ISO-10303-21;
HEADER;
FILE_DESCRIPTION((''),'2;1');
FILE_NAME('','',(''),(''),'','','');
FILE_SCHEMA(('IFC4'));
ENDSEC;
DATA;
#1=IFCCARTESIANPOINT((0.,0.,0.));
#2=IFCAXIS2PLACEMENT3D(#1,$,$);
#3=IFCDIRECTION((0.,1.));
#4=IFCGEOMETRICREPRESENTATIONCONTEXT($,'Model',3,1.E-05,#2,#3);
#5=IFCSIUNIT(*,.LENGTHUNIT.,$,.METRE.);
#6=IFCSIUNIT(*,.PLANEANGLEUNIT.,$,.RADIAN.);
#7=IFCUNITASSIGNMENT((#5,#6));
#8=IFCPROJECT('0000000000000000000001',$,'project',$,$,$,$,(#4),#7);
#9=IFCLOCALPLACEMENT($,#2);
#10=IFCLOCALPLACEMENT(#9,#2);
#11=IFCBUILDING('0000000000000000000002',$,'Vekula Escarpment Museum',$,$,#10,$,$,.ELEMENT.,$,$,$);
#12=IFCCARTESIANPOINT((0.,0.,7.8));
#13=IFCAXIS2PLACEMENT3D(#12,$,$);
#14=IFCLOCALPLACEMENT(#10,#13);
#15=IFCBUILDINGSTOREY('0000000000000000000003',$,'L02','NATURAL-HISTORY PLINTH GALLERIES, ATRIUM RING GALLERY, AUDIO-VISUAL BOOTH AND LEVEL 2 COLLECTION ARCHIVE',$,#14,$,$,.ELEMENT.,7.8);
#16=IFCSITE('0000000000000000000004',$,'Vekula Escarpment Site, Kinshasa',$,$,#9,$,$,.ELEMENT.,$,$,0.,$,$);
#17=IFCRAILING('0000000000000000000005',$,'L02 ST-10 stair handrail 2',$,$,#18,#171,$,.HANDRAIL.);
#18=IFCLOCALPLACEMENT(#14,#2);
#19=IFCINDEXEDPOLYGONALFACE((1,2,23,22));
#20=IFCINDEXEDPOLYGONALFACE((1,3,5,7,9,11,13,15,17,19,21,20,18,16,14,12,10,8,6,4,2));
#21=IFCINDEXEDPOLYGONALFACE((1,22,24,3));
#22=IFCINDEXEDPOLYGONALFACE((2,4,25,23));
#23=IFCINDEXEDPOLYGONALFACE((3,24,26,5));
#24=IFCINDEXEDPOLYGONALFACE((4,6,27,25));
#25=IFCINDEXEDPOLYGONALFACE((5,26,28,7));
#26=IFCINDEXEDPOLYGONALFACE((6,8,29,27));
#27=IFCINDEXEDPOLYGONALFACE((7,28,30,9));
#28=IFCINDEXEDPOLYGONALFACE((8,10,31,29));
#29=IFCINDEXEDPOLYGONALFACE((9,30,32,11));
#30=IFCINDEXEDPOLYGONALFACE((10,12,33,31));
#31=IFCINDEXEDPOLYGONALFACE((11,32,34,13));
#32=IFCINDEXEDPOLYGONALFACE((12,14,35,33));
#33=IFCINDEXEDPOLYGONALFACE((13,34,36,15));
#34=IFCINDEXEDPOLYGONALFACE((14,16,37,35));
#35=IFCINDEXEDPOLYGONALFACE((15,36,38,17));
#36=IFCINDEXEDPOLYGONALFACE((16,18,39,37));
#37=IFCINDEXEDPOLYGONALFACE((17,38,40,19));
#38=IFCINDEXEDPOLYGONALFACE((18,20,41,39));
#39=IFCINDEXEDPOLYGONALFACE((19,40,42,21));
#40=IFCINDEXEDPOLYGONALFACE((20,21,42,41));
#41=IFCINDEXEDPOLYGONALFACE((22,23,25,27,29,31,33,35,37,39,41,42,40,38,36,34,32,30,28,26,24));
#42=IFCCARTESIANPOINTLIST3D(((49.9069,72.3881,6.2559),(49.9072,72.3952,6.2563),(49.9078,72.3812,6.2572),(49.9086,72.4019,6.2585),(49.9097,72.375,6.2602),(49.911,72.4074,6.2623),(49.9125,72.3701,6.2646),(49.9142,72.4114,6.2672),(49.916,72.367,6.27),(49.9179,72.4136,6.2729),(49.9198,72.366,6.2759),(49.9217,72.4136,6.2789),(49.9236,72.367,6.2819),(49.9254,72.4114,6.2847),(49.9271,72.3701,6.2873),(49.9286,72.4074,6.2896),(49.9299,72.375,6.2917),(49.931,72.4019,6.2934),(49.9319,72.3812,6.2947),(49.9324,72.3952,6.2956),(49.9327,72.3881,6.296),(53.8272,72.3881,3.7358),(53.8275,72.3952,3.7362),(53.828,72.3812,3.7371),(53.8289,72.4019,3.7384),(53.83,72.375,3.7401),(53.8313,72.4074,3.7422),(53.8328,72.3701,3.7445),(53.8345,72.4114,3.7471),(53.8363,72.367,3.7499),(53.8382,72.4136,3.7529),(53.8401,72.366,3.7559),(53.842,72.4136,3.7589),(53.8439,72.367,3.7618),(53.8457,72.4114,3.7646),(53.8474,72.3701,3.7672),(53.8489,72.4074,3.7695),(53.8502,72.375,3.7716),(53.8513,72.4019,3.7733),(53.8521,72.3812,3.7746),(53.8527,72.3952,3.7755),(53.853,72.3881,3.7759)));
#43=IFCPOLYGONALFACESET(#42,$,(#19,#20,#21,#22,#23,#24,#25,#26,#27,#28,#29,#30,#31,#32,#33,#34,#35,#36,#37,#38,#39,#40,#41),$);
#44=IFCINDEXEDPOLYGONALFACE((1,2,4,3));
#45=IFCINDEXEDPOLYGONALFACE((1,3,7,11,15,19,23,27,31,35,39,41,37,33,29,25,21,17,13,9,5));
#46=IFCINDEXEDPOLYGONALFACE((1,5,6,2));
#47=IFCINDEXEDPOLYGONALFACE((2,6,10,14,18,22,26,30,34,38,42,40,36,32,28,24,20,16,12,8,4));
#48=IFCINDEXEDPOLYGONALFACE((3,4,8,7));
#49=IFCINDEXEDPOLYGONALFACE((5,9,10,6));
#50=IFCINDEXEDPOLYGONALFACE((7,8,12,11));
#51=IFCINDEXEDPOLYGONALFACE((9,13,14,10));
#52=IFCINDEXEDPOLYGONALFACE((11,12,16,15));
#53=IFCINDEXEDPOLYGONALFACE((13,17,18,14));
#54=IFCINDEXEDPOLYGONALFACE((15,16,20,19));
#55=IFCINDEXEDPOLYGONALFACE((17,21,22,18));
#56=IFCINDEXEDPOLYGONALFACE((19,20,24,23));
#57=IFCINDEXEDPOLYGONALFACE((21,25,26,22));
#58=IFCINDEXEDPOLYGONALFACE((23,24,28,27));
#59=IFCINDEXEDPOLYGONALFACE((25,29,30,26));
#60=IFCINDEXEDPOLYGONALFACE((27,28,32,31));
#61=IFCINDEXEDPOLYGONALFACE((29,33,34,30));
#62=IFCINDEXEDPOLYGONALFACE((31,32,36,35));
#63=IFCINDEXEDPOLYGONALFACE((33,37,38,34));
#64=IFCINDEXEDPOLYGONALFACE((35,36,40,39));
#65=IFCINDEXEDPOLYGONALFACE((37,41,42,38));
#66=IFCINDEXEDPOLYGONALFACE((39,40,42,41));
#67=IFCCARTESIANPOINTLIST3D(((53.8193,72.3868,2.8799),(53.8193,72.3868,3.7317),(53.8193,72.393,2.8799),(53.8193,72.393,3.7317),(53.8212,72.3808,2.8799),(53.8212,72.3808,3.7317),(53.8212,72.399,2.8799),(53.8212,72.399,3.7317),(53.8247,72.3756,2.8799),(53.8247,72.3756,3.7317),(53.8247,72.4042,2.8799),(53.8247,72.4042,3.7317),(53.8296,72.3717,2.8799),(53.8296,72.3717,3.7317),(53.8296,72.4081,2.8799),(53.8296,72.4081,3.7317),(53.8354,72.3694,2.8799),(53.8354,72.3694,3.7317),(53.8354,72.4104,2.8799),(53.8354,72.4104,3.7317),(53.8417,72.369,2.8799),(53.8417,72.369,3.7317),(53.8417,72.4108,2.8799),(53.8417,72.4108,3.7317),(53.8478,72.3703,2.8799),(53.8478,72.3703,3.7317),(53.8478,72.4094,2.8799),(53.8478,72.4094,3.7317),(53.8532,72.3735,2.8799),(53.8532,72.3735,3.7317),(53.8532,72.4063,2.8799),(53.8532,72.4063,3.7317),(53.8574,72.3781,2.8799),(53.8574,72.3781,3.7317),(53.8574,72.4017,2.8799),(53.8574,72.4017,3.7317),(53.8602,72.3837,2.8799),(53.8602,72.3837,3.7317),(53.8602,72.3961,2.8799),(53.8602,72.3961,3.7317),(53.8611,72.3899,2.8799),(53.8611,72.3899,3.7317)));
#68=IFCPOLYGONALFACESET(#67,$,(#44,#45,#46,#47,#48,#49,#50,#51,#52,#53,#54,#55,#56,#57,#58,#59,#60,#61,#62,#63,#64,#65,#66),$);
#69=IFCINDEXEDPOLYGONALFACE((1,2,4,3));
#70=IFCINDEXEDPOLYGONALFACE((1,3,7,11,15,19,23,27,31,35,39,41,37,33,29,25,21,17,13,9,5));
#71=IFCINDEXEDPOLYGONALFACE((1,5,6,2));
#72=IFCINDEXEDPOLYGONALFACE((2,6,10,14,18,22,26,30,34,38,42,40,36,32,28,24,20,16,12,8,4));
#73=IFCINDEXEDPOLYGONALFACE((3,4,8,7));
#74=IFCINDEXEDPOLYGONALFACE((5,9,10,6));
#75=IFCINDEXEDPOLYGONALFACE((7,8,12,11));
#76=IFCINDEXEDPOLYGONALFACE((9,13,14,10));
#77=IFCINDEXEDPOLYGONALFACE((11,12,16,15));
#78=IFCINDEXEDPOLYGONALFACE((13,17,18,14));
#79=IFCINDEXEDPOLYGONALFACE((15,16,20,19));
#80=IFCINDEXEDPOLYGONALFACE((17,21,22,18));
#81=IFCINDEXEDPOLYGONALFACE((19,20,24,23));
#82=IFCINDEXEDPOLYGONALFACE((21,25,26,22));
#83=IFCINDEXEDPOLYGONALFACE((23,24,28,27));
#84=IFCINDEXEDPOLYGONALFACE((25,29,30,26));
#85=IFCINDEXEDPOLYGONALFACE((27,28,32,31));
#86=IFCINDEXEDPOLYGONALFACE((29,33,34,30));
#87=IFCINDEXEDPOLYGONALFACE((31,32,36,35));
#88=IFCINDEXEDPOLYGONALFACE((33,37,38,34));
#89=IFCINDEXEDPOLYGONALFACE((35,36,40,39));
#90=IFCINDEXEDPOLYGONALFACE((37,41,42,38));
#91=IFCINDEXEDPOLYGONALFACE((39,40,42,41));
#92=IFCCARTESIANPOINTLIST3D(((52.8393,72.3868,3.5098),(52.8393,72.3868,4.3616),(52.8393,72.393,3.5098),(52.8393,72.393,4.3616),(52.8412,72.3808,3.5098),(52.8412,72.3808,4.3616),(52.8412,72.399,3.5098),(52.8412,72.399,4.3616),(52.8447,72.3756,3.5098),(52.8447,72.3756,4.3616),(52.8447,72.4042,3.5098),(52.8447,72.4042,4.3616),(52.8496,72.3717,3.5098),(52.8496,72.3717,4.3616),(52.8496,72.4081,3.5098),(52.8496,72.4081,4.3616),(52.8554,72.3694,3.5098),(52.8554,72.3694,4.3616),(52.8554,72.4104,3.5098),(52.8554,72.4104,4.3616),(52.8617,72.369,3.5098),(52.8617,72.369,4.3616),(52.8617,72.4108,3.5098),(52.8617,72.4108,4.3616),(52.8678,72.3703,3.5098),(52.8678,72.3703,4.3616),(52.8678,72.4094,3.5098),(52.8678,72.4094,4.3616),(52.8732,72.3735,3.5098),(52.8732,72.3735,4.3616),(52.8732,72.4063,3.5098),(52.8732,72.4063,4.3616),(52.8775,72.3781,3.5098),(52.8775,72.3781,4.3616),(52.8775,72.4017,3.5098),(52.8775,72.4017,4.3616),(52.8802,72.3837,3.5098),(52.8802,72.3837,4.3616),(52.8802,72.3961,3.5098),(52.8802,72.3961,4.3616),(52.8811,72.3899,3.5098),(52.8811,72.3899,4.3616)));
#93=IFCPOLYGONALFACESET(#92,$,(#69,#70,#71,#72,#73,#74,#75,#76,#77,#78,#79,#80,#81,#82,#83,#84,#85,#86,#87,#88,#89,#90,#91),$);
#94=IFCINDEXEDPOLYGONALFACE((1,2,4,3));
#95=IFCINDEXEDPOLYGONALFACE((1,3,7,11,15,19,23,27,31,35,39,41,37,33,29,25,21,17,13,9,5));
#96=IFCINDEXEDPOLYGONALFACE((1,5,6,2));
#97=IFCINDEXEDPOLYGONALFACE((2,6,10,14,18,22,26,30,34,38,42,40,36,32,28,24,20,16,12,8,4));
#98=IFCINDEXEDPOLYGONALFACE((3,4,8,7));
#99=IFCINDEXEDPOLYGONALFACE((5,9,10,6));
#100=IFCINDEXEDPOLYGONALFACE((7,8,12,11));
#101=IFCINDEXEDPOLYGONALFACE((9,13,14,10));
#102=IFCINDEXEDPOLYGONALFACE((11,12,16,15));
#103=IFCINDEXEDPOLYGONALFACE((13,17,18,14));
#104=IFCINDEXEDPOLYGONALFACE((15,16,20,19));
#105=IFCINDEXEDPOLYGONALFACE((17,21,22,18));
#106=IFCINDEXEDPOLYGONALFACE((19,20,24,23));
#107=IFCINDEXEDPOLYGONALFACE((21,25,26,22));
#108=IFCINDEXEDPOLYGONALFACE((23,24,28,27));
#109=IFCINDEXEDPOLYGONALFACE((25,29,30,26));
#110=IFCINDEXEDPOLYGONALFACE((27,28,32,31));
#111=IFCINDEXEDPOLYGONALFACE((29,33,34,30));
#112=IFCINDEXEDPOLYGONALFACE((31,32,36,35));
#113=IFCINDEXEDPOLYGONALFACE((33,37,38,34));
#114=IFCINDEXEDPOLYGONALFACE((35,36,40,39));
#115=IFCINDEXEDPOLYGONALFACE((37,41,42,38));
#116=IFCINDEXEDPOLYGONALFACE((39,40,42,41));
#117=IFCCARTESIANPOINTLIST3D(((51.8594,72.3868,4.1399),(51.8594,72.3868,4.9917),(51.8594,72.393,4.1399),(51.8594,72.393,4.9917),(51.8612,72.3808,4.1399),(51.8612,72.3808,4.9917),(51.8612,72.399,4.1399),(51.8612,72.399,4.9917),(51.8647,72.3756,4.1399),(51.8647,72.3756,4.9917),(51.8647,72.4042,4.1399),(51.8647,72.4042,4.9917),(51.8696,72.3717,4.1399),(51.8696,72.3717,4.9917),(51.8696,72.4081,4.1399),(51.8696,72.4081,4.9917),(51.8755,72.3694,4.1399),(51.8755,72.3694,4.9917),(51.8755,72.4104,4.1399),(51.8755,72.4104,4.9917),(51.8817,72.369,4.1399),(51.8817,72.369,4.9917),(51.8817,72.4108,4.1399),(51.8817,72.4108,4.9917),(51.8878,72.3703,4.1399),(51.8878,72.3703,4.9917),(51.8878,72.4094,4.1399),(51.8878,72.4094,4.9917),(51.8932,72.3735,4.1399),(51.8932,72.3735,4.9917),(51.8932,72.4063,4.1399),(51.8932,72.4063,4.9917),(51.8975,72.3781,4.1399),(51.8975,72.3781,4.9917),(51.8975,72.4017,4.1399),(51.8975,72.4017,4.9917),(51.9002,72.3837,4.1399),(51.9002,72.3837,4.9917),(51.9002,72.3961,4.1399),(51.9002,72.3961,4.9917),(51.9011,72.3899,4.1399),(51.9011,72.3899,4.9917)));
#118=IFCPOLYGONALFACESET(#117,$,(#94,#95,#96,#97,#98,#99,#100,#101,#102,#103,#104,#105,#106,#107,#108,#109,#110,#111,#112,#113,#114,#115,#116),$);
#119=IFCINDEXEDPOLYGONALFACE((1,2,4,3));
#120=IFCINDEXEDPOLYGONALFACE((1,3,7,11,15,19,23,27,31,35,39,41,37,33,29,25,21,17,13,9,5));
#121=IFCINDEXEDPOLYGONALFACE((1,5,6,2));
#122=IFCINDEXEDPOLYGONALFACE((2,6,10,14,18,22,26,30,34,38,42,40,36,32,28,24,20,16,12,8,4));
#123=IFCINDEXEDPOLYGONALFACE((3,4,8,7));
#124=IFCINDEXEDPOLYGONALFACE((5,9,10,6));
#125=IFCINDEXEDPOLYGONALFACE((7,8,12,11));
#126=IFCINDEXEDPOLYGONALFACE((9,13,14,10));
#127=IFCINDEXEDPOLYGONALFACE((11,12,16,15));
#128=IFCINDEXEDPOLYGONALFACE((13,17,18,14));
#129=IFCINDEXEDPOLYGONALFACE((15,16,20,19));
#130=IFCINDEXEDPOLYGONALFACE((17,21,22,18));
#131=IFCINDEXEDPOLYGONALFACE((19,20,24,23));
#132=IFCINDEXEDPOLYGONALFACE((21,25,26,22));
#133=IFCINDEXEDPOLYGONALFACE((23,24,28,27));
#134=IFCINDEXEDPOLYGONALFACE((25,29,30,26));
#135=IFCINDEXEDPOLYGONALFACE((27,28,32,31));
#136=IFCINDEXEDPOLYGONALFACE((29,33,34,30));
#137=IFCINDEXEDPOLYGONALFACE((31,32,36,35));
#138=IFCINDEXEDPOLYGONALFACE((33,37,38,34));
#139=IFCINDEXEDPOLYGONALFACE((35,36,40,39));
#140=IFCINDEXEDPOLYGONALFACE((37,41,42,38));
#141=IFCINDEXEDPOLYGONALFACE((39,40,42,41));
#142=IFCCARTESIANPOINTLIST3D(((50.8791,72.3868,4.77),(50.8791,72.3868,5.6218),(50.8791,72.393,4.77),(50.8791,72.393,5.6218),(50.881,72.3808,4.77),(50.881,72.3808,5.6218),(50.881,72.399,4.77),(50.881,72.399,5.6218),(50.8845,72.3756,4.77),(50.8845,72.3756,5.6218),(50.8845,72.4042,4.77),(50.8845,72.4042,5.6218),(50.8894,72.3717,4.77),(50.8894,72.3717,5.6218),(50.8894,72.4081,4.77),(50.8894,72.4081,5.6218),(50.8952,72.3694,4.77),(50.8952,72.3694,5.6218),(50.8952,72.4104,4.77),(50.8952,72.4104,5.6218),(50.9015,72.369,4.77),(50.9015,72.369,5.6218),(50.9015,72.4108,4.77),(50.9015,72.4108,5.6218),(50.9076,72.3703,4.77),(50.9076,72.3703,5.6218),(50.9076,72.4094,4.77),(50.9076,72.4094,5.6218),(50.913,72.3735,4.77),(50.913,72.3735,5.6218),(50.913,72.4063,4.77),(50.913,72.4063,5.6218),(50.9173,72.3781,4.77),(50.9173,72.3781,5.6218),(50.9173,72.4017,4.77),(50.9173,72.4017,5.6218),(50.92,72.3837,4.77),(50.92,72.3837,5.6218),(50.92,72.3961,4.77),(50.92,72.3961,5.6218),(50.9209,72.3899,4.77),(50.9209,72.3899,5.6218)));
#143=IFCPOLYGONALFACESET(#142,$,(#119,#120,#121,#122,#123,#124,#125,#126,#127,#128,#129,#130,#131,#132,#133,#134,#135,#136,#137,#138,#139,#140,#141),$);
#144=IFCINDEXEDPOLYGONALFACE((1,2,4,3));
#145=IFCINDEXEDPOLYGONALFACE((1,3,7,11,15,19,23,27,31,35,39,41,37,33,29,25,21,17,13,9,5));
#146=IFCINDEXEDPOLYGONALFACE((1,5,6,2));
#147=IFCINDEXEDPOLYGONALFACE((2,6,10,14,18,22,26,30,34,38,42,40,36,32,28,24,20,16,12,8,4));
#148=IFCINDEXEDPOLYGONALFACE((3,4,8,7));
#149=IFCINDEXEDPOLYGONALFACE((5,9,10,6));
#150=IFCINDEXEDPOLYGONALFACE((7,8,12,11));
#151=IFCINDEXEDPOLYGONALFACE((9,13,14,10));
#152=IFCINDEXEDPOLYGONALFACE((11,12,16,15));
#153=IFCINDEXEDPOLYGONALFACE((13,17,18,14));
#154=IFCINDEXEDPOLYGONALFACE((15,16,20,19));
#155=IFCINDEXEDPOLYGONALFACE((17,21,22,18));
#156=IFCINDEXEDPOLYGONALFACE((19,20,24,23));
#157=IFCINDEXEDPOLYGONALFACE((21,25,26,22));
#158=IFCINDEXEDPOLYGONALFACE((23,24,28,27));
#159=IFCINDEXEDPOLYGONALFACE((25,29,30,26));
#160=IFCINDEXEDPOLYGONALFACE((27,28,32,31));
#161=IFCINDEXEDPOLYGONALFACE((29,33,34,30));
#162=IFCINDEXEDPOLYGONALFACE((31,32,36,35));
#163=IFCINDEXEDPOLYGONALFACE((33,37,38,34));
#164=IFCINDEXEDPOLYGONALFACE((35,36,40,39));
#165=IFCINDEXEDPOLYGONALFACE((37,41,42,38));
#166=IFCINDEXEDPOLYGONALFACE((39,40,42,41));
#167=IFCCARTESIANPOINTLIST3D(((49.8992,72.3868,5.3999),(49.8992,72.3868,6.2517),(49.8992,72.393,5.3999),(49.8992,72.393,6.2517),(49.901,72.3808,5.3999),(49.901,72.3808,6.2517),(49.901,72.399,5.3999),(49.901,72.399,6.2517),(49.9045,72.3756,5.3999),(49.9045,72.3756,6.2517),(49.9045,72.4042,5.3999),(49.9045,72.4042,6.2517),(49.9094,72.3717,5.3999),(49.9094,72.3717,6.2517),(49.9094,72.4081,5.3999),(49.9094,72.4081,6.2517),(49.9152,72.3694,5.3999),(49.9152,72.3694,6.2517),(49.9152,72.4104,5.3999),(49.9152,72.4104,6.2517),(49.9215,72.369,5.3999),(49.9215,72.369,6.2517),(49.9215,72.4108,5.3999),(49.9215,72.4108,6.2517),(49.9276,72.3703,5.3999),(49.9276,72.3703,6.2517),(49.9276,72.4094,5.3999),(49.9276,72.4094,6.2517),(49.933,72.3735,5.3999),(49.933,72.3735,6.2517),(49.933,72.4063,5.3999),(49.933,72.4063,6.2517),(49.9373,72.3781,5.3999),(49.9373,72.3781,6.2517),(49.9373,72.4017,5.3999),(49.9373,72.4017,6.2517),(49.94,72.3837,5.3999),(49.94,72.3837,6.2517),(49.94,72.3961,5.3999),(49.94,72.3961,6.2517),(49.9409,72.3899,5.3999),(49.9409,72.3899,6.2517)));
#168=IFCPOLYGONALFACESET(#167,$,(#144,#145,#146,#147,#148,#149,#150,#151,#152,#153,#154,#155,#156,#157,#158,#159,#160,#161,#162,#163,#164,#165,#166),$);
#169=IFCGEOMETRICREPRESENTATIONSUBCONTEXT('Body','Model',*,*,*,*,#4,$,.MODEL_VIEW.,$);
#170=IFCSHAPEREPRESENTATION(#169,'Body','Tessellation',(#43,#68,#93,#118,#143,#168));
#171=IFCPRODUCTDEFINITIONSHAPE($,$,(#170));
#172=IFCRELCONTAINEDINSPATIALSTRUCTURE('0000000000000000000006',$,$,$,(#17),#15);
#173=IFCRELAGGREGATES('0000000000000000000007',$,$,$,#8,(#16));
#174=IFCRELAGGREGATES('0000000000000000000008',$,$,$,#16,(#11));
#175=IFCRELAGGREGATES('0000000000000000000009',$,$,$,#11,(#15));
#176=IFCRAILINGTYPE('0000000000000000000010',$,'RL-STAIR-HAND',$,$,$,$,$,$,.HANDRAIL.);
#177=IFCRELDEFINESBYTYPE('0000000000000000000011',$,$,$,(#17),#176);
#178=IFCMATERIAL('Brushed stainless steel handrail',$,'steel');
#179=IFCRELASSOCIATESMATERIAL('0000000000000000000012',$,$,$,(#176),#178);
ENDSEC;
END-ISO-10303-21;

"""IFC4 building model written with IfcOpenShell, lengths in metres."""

from ifc_helpers import new_model, si_unit, direction, frame, origin, origin_2d, place, context, subcontext, project, spatial, circle, extrude, material, type_object, element, save


model = new_model("IFC4")

# Units and contexts
model_context = context("Model", 3, precision=1e-05, world=origin(), true_north=direction((0.0, 1.0)))
body_context = subcontext(model_context, "Body", "Model", "MODEL_VIEW")
ifc_project = project(units=[si_unit("LENGTHUNIT", "METRE"), si_unit("PLANEANGLEUNIT", "RADIAN")], contexts=[model_context])

# Site, building, storey
site_placement = place(None, origin())
site = spatial("IfcSite", under=ifc_project, at=site_placement, Name="Vekula Escarpment Site, Kinshasa", CompositionType="ELEMENT", RefElevation=0.0)
building_placement = place(site_placement, origin())
building = spatial("IfcBuilding", under=site, at=building_placement, Name="Vekula Escarpment Museum", CompositionType="ELEMENT")
storey_placement = place(building_placement, frame((0.0, 0.0, 7.8)))
storey = spatial("IfcBuildingStorey", under=building, at=storey_placement, Name="L02", Description="NATURAL-HISTORY PLINTH GALLERIES, ATRIUM RING GALLERY, AUDIO-VISUAL BOOTH AND LEVEL 2 COLLECTION ARCHIVE", CompositionType="ELEMENT", Elevation=7.8)

# Railing
ifc_material_1 = material(Name="Brushed stainless steel handrail", Category="steel")
railing_type_1 = type_object("IfcRailingType", Name="RL-STAIR-HAND", PredefinedType="HANDRAIL", material=ifc_material_1)
railing_1_placement = place(storey_placement, frame((53.8401, 72.3899, 2.8799)))
element("IfcRailing", 1, at=railing_1_placement, inside=storey, type_object=railing_type_1, Name="L02 ST-10 stair handrail 2", PredefinedType="HANDRAIL", context=body_context, shape_type="SweptSolid", body=[
    extrude(circle(Radius=0.0239, at=origin_2d()), frame((0.0, 0.0, 0.876), z_axis=(-0.841187, 0.0, 0.540744), x_axis=(0.0, -1.0, 0.0)), (0.0, 0.0, 1.0), 4.6604),
    extrude(circle(Radius=0.021, at=origin_2d()), origin(), (0.0, 0.0, 1.0), 0.8518),
    extrude(circle(Radius=0.021, at=origin_2d()), frame((-0.98, 0.0, 0.6299)), (0.0, 0.0, 1.0), 0.8518),
    extrude(circle(Radius=0.021, at=origin_2d()), frame((-1.96, 0.0, 1.26)), (0.0, 0.0, 1.0), 0.8518),
    extrude(circle(Radius=0.021, at=origin_2d()), frame((-2.9402, 0.0, 1.8901)), (0.0, 0.0, 1.0), 0.8518),
    extrude(circle(Radius=0.021, at=origin_2d()), frame((-3.9202, 0.0, 2.52)), (0.0, 0.0, 1.0), 0.8518),
])

save(model, "model.ifc")
